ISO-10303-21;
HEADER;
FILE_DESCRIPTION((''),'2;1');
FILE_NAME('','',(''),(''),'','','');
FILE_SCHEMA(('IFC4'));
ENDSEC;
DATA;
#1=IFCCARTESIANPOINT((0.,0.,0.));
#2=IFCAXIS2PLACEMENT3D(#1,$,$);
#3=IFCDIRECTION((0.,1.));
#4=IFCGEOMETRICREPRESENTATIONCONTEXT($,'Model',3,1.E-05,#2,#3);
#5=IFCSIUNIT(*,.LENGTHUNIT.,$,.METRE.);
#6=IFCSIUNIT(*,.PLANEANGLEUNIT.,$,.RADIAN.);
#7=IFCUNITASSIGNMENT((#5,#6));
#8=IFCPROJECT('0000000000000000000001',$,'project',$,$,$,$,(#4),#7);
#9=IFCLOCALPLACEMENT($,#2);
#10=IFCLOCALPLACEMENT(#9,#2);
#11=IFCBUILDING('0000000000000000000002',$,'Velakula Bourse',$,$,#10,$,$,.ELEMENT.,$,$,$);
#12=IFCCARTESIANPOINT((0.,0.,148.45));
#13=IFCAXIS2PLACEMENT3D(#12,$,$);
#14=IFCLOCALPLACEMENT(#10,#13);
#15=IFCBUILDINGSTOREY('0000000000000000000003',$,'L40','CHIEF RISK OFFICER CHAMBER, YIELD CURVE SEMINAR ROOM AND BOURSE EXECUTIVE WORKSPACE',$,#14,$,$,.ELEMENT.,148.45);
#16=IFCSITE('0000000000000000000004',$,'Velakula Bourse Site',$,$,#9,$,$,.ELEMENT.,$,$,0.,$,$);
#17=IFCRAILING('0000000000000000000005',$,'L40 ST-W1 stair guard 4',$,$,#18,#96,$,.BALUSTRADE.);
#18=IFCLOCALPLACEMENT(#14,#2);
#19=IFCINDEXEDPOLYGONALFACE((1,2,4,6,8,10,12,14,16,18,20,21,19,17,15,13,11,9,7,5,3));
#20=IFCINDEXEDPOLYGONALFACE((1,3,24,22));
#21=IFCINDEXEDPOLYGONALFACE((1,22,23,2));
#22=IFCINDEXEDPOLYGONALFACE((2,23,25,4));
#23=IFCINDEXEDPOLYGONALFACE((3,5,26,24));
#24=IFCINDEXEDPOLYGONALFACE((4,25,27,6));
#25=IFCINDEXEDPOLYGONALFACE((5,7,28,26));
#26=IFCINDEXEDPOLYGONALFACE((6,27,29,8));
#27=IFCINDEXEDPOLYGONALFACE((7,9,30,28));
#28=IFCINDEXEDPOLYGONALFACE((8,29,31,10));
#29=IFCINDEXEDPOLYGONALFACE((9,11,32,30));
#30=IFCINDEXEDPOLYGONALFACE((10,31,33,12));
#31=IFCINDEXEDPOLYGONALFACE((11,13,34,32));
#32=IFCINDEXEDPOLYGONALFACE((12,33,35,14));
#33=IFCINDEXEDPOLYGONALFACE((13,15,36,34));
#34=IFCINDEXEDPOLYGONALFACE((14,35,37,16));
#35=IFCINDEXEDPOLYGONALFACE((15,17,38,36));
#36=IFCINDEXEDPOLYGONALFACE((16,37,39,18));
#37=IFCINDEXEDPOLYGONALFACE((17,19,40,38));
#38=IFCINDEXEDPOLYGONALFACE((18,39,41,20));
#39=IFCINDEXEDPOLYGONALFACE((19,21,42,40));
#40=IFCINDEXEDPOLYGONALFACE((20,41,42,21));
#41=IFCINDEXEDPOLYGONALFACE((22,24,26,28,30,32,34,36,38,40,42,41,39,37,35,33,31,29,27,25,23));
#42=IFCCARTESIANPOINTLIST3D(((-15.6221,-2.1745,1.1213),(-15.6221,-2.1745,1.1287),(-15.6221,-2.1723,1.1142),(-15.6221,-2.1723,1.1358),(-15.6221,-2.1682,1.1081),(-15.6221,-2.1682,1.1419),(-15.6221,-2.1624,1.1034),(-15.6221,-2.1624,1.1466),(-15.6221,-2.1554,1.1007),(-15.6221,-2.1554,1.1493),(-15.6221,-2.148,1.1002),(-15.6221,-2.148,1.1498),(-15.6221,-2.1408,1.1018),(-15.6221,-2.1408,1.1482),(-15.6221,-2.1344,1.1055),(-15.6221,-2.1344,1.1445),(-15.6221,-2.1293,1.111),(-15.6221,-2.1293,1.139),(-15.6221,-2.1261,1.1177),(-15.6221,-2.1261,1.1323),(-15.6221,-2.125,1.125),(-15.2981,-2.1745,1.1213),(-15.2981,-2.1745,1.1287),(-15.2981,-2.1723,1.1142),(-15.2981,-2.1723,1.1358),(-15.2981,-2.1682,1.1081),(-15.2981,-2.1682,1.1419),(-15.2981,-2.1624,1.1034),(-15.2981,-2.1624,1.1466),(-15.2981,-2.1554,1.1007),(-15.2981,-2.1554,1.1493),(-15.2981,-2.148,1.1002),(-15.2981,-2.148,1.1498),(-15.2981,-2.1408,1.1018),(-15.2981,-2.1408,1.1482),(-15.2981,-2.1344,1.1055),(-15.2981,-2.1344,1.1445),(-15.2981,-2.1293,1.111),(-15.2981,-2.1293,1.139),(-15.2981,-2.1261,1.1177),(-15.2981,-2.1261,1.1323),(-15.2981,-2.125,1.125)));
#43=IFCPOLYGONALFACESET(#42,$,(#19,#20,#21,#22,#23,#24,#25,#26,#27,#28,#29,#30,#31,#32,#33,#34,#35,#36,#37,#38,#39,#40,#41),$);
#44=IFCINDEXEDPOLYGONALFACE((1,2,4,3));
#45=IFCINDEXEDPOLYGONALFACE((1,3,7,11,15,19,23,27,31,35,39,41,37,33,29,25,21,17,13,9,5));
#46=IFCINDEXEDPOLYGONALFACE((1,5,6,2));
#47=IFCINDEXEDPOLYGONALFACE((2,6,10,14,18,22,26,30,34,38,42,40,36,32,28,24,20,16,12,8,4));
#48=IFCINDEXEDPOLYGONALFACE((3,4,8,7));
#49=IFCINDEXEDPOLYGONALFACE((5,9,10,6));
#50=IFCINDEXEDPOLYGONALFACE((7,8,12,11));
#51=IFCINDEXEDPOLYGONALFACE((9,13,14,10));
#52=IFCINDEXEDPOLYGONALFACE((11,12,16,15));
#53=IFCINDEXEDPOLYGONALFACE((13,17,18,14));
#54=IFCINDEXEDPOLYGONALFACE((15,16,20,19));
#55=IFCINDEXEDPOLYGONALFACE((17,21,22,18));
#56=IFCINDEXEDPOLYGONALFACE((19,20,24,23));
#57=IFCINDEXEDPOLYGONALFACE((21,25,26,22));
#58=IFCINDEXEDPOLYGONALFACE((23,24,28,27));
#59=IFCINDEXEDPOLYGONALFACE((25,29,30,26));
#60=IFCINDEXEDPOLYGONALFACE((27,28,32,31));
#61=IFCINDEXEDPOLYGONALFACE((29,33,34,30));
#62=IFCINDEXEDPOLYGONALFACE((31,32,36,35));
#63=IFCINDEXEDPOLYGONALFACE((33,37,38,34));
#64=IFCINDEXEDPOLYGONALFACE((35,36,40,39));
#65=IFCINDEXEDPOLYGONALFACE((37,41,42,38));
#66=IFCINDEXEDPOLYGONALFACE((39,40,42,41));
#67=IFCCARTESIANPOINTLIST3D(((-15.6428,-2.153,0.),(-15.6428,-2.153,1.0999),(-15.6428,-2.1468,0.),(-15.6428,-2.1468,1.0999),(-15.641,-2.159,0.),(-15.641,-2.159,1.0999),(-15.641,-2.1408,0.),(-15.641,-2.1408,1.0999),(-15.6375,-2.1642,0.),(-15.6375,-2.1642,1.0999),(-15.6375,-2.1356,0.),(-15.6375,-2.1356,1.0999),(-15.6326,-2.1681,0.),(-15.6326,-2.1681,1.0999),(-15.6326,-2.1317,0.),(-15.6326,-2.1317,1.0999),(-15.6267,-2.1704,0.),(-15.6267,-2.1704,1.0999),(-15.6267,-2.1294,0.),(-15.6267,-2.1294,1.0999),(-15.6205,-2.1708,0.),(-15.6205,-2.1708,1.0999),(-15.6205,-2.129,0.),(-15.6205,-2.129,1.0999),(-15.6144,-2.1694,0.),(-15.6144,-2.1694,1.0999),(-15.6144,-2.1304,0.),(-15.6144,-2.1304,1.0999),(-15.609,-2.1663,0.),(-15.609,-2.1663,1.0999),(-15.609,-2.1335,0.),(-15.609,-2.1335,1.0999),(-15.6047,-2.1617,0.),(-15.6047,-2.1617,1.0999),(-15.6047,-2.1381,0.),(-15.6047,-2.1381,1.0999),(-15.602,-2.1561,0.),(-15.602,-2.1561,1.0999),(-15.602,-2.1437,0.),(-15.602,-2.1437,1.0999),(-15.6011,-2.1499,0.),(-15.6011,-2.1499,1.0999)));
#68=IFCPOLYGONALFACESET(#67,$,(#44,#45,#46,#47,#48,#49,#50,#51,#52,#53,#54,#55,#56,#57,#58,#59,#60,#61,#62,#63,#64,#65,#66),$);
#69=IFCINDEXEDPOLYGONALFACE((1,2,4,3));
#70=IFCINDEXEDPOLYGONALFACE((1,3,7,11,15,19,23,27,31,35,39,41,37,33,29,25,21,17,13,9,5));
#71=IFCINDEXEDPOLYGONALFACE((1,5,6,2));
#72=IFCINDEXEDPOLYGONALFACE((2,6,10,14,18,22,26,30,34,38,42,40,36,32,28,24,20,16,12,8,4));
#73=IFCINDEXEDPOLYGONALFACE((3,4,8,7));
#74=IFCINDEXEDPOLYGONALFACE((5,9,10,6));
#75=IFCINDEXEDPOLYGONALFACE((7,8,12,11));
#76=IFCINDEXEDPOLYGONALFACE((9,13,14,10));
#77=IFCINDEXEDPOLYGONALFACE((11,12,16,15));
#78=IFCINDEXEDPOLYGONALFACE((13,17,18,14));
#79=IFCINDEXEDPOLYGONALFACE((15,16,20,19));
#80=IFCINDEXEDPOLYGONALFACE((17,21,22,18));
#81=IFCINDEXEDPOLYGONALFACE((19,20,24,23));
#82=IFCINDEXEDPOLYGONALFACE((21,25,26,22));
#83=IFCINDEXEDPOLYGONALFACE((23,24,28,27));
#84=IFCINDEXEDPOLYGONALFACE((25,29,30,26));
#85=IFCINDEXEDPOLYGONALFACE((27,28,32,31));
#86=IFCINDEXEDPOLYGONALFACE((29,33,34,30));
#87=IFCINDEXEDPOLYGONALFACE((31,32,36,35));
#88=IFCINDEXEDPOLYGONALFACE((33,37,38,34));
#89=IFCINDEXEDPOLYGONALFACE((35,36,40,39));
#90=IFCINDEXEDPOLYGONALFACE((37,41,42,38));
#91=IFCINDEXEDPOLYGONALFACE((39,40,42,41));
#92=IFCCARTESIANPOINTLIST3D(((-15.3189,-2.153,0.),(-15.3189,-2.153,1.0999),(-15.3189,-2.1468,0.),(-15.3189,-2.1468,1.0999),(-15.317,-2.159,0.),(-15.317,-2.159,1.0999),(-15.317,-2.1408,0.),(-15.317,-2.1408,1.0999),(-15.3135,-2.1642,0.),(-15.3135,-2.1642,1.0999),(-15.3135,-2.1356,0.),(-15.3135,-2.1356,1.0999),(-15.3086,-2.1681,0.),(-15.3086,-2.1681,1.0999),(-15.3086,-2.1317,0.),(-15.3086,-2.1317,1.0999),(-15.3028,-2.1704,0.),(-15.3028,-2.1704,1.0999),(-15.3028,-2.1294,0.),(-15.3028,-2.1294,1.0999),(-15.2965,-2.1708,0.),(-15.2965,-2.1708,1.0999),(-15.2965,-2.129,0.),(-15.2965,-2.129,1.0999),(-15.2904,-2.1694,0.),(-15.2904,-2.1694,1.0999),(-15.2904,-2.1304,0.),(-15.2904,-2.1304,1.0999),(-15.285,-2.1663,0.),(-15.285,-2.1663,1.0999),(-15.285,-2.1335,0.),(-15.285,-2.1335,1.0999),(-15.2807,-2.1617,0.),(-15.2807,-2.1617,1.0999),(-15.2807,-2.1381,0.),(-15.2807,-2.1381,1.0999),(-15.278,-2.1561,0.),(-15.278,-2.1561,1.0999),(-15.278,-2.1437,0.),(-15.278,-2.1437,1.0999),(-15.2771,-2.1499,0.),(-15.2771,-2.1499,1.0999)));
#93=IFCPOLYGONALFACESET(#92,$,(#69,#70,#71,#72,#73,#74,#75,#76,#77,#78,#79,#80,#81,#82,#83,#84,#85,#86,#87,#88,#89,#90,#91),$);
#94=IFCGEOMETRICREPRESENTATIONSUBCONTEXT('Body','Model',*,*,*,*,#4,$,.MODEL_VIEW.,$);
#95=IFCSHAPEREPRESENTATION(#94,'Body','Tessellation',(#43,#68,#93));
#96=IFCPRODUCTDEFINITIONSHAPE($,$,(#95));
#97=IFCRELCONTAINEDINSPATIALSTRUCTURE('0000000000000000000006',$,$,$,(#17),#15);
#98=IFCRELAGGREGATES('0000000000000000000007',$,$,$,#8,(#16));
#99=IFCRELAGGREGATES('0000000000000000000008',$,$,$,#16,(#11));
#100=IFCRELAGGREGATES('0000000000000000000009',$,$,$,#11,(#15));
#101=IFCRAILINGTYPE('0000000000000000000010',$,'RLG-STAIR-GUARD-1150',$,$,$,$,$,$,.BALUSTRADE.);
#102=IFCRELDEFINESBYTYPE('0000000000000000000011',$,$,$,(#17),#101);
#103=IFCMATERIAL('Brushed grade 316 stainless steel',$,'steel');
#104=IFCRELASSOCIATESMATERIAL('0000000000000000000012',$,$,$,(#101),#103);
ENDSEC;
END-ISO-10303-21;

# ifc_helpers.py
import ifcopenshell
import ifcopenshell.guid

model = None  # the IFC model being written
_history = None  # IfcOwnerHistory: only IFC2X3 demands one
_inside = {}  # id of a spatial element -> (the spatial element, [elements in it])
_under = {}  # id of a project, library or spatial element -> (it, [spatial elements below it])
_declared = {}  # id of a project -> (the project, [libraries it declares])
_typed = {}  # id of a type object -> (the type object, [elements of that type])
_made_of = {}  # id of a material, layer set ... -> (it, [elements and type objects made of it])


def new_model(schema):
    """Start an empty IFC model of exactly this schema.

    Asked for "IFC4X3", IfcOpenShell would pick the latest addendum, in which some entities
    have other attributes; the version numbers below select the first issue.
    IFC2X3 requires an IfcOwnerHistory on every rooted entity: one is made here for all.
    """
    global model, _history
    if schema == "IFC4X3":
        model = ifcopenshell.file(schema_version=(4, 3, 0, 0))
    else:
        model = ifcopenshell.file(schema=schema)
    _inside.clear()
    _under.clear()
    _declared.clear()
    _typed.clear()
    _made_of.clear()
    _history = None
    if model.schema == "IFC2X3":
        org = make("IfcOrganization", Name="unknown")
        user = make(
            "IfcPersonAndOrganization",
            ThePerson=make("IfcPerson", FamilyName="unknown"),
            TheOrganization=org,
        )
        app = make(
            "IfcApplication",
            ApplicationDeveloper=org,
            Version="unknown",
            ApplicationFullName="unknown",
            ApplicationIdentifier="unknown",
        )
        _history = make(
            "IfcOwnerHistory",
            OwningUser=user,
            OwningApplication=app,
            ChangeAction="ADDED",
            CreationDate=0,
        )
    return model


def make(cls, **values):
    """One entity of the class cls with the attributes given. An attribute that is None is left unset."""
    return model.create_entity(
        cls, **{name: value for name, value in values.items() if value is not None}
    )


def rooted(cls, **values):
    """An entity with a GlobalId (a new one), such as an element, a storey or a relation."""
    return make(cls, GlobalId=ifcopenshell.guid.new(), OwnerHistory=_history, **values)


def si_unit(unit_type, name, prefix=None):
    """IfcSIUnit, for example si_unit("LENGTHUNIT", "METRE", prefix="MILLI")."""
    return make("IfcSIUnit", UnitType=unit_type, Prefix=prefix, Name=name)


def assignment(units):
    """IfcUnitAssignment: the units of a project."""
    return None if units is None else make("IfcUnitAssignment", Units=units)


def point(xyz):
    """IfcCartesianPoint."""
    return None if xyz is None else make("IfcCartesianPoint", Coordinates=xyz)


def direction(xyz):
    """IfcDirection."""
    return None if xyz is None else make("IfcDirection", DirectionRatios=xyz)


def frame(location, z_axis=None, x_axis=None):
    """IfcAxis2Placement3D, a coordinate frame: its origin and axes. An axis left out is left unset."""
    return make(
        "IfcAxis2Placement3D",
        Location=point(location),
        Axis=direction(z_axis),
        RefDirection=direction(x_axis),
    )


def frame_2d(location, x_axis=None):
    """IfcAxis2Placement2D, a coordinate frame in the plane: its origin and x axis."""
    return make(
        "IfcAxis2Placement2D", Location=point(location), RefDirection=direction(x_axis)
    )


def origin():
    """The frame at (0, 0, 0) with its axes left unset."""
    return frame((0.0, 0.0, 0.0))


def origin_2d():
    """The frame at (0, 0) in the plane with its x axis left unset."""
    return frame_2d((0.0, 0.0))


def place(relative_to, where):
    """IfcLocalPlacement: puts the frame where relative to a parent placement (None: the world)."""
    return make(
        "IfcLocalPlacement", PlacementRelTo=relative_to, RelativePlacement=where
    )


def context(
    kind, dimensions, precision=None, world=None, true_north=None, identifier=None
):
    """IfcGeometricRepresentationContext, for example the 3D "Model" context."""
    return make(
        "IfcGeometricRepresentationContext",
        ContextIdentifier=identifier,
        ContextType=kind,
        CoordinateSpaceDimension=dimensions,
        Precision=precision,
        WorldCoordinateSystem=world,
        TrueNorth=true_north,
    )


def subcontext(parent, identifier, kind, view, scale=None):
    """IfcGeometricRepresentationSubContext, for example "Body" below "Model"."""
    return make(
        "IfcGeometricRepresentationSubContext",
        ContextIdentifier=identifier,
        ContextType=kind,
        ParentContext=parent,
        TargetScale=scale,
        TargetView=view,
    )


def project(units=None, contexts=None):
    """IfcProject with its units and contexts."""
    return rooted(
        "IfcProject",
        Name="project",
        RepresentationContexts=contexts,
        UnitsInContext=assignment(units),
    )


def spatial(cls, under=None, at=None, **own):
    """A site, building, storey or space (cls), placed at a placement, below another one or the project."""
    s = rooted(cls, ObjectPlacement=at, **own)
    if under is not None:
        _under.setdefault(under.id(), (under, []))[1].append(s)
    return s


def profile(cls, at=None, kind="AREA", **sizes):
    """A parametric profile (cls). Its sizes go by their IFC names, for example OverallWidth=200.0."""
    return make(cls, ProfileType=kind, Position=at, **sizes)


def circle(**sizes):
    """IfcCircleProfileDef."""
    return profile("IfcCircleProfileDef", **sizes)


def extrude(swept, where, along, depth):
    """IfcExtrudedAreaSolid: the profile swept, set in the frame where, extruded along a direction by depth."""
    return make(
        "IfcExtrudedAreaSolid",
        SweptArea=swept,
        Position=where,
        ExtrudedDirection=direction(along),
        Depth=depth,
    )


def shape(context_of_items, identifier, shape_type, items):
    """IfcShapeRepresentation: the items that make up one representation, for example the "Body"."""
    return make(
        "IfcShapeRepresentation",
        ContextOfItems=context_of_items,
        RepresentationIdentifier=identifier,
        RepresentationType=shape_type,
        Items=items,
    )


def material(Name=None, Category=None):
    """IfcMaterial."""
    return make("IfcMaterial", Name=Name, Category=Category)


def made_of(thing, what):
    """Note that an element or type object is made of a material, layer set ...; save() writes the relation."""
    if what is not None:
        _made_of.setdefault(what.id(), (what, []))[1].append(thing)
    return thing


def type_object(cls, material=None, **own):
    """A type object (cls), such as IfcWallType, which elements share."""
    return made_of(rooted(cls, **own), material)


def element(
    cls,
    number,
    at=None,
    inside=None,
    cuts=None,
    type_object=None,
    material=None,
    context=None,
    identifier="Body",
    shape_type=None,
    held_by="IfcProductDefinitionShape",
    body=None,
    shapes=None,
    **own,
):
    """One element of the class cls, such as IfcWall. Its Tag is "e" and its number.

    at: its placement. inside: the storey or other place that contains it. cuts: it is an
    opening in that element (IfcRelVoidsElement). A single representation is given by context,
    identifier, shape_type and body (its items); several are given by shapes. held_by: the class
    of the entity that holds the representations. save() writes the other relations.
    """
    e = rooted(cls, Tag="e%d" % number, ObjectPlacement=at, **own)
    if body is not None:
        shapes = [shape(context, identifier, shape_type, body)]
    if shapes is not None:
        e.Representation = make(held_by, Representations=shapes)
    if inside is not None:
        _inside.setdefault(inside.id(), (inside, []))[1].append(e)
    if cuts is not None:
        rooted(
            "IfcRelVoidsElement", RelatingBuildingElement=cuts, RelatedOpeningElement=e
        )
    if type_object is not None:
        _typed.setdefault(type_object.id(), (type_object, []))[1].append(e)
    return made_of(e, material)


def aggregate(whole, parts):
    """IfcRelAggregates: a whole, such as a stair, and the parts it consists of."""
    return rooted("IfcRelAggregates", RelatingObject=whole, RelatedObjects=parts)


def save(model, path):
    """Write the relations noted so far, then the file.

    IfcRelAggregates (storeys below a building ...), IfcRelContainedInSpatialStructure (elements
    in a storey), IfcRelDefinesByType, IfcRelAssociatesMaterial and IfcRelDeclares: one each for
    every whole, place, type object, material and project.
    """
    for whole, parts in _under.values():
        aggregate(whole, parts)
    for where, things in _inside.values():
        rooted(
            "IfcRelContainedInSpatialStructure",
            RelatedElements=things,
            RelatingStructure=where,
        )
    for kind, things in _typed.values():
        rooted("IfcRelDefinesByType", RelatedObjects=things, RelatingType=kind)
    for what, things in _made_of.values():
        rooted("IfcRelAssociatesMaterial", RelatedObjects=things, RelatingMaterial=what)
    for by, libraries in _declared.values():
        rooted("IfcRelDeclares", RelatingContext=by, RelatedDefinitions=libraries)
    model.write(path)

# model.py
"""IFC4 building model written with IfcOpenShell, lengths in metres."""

from ifc_helpers import new_model, si_unit, direction, frame, origin, origin_2d, place, context, subcontext, project, spatial, circle, extrude, material, type_object, element, save


model = new_model("IFC4")

# Units and contexts
model_context = context("Model", 3, precision=1e-05, world=origin(), true_north=direction((0.0, 1.0)))
body_context = subcontext(model_context, "Body", "Model", "MODEL_VIEW")
ifc_project = project(units=[si_unit("LENGTHUNIT", "METRE"), si_unit("PLANEANGLEUNIT", "RADIAN")], contexts=[model_context])

# Site, building, storey
site_placement = place(None, origin())
site = spatial("IfcSite", under=ifc_project, at=site_placement, Name="Velakula Bourse Site", CompositionType="ELEMENT", RefElevation=0.0)
building_placement = place(site_placement, origin())
building = spatial("IfcBuilding", under=site, at=building_placement, Name="Velakula Bourse", CompositionType="ELEMENT")
storey_placement = place(building_placement, frame((0.0, 0.0, 148.45)))
storey = spatial("IfcBuildingStorey", under=building, at=storey_placement, Name="L40", Description="CHIEF RISK OFFICER CHAMBER, YIELD CURVE SEMINAR ROOM AND BOURSE EXECUTIVE WORKSPACE", CompositionType="ELEMENT", Elevation=148.45)

# Shared definitions
ifc_material_1 = material(Name="Brushed grade 316 stainless steel", Category="steel")

# Railing
railing_type_1 = type_object("IfcRailingType", Name="RLG-STAIR-GUARD-1150", PredefinedType="BALUSTRADE", material=ifc_material_1)
railing_1_placement = place(storey_placement, frame((-15.6221, -2.1499, 0.0)))
element("IfcRailing", 1, at=railing_1_placement, inside=storey, type_object=railing_type_1, Name="L40 ST-W1 stair guard 4", PredefinedType="BALUSTRADE", context=body_context, shape_type="SweptSolid", body=[
    extrude(circle(Radius=0.0249, at=origin_2d()), frame((0.0, 0.0, 1.125), z_axis=(1.0, 0.0, 0.0), x_axis=(0.0, 1.0, 0.0)), (0.0, 0.0, 1.0), 0.324),
    extrude(circle(Radius=0.021, at=origin_2d()), origin(), (0.0, 0.0, 1.0), 1.0999),
    extrude(circle(Radius=0.021, at=origin_2d()), frame((0.324, 0.0, 0.0)), (0.0, 0.0, 1.0), 1.0999),
])

save(model, "model.ifc")
